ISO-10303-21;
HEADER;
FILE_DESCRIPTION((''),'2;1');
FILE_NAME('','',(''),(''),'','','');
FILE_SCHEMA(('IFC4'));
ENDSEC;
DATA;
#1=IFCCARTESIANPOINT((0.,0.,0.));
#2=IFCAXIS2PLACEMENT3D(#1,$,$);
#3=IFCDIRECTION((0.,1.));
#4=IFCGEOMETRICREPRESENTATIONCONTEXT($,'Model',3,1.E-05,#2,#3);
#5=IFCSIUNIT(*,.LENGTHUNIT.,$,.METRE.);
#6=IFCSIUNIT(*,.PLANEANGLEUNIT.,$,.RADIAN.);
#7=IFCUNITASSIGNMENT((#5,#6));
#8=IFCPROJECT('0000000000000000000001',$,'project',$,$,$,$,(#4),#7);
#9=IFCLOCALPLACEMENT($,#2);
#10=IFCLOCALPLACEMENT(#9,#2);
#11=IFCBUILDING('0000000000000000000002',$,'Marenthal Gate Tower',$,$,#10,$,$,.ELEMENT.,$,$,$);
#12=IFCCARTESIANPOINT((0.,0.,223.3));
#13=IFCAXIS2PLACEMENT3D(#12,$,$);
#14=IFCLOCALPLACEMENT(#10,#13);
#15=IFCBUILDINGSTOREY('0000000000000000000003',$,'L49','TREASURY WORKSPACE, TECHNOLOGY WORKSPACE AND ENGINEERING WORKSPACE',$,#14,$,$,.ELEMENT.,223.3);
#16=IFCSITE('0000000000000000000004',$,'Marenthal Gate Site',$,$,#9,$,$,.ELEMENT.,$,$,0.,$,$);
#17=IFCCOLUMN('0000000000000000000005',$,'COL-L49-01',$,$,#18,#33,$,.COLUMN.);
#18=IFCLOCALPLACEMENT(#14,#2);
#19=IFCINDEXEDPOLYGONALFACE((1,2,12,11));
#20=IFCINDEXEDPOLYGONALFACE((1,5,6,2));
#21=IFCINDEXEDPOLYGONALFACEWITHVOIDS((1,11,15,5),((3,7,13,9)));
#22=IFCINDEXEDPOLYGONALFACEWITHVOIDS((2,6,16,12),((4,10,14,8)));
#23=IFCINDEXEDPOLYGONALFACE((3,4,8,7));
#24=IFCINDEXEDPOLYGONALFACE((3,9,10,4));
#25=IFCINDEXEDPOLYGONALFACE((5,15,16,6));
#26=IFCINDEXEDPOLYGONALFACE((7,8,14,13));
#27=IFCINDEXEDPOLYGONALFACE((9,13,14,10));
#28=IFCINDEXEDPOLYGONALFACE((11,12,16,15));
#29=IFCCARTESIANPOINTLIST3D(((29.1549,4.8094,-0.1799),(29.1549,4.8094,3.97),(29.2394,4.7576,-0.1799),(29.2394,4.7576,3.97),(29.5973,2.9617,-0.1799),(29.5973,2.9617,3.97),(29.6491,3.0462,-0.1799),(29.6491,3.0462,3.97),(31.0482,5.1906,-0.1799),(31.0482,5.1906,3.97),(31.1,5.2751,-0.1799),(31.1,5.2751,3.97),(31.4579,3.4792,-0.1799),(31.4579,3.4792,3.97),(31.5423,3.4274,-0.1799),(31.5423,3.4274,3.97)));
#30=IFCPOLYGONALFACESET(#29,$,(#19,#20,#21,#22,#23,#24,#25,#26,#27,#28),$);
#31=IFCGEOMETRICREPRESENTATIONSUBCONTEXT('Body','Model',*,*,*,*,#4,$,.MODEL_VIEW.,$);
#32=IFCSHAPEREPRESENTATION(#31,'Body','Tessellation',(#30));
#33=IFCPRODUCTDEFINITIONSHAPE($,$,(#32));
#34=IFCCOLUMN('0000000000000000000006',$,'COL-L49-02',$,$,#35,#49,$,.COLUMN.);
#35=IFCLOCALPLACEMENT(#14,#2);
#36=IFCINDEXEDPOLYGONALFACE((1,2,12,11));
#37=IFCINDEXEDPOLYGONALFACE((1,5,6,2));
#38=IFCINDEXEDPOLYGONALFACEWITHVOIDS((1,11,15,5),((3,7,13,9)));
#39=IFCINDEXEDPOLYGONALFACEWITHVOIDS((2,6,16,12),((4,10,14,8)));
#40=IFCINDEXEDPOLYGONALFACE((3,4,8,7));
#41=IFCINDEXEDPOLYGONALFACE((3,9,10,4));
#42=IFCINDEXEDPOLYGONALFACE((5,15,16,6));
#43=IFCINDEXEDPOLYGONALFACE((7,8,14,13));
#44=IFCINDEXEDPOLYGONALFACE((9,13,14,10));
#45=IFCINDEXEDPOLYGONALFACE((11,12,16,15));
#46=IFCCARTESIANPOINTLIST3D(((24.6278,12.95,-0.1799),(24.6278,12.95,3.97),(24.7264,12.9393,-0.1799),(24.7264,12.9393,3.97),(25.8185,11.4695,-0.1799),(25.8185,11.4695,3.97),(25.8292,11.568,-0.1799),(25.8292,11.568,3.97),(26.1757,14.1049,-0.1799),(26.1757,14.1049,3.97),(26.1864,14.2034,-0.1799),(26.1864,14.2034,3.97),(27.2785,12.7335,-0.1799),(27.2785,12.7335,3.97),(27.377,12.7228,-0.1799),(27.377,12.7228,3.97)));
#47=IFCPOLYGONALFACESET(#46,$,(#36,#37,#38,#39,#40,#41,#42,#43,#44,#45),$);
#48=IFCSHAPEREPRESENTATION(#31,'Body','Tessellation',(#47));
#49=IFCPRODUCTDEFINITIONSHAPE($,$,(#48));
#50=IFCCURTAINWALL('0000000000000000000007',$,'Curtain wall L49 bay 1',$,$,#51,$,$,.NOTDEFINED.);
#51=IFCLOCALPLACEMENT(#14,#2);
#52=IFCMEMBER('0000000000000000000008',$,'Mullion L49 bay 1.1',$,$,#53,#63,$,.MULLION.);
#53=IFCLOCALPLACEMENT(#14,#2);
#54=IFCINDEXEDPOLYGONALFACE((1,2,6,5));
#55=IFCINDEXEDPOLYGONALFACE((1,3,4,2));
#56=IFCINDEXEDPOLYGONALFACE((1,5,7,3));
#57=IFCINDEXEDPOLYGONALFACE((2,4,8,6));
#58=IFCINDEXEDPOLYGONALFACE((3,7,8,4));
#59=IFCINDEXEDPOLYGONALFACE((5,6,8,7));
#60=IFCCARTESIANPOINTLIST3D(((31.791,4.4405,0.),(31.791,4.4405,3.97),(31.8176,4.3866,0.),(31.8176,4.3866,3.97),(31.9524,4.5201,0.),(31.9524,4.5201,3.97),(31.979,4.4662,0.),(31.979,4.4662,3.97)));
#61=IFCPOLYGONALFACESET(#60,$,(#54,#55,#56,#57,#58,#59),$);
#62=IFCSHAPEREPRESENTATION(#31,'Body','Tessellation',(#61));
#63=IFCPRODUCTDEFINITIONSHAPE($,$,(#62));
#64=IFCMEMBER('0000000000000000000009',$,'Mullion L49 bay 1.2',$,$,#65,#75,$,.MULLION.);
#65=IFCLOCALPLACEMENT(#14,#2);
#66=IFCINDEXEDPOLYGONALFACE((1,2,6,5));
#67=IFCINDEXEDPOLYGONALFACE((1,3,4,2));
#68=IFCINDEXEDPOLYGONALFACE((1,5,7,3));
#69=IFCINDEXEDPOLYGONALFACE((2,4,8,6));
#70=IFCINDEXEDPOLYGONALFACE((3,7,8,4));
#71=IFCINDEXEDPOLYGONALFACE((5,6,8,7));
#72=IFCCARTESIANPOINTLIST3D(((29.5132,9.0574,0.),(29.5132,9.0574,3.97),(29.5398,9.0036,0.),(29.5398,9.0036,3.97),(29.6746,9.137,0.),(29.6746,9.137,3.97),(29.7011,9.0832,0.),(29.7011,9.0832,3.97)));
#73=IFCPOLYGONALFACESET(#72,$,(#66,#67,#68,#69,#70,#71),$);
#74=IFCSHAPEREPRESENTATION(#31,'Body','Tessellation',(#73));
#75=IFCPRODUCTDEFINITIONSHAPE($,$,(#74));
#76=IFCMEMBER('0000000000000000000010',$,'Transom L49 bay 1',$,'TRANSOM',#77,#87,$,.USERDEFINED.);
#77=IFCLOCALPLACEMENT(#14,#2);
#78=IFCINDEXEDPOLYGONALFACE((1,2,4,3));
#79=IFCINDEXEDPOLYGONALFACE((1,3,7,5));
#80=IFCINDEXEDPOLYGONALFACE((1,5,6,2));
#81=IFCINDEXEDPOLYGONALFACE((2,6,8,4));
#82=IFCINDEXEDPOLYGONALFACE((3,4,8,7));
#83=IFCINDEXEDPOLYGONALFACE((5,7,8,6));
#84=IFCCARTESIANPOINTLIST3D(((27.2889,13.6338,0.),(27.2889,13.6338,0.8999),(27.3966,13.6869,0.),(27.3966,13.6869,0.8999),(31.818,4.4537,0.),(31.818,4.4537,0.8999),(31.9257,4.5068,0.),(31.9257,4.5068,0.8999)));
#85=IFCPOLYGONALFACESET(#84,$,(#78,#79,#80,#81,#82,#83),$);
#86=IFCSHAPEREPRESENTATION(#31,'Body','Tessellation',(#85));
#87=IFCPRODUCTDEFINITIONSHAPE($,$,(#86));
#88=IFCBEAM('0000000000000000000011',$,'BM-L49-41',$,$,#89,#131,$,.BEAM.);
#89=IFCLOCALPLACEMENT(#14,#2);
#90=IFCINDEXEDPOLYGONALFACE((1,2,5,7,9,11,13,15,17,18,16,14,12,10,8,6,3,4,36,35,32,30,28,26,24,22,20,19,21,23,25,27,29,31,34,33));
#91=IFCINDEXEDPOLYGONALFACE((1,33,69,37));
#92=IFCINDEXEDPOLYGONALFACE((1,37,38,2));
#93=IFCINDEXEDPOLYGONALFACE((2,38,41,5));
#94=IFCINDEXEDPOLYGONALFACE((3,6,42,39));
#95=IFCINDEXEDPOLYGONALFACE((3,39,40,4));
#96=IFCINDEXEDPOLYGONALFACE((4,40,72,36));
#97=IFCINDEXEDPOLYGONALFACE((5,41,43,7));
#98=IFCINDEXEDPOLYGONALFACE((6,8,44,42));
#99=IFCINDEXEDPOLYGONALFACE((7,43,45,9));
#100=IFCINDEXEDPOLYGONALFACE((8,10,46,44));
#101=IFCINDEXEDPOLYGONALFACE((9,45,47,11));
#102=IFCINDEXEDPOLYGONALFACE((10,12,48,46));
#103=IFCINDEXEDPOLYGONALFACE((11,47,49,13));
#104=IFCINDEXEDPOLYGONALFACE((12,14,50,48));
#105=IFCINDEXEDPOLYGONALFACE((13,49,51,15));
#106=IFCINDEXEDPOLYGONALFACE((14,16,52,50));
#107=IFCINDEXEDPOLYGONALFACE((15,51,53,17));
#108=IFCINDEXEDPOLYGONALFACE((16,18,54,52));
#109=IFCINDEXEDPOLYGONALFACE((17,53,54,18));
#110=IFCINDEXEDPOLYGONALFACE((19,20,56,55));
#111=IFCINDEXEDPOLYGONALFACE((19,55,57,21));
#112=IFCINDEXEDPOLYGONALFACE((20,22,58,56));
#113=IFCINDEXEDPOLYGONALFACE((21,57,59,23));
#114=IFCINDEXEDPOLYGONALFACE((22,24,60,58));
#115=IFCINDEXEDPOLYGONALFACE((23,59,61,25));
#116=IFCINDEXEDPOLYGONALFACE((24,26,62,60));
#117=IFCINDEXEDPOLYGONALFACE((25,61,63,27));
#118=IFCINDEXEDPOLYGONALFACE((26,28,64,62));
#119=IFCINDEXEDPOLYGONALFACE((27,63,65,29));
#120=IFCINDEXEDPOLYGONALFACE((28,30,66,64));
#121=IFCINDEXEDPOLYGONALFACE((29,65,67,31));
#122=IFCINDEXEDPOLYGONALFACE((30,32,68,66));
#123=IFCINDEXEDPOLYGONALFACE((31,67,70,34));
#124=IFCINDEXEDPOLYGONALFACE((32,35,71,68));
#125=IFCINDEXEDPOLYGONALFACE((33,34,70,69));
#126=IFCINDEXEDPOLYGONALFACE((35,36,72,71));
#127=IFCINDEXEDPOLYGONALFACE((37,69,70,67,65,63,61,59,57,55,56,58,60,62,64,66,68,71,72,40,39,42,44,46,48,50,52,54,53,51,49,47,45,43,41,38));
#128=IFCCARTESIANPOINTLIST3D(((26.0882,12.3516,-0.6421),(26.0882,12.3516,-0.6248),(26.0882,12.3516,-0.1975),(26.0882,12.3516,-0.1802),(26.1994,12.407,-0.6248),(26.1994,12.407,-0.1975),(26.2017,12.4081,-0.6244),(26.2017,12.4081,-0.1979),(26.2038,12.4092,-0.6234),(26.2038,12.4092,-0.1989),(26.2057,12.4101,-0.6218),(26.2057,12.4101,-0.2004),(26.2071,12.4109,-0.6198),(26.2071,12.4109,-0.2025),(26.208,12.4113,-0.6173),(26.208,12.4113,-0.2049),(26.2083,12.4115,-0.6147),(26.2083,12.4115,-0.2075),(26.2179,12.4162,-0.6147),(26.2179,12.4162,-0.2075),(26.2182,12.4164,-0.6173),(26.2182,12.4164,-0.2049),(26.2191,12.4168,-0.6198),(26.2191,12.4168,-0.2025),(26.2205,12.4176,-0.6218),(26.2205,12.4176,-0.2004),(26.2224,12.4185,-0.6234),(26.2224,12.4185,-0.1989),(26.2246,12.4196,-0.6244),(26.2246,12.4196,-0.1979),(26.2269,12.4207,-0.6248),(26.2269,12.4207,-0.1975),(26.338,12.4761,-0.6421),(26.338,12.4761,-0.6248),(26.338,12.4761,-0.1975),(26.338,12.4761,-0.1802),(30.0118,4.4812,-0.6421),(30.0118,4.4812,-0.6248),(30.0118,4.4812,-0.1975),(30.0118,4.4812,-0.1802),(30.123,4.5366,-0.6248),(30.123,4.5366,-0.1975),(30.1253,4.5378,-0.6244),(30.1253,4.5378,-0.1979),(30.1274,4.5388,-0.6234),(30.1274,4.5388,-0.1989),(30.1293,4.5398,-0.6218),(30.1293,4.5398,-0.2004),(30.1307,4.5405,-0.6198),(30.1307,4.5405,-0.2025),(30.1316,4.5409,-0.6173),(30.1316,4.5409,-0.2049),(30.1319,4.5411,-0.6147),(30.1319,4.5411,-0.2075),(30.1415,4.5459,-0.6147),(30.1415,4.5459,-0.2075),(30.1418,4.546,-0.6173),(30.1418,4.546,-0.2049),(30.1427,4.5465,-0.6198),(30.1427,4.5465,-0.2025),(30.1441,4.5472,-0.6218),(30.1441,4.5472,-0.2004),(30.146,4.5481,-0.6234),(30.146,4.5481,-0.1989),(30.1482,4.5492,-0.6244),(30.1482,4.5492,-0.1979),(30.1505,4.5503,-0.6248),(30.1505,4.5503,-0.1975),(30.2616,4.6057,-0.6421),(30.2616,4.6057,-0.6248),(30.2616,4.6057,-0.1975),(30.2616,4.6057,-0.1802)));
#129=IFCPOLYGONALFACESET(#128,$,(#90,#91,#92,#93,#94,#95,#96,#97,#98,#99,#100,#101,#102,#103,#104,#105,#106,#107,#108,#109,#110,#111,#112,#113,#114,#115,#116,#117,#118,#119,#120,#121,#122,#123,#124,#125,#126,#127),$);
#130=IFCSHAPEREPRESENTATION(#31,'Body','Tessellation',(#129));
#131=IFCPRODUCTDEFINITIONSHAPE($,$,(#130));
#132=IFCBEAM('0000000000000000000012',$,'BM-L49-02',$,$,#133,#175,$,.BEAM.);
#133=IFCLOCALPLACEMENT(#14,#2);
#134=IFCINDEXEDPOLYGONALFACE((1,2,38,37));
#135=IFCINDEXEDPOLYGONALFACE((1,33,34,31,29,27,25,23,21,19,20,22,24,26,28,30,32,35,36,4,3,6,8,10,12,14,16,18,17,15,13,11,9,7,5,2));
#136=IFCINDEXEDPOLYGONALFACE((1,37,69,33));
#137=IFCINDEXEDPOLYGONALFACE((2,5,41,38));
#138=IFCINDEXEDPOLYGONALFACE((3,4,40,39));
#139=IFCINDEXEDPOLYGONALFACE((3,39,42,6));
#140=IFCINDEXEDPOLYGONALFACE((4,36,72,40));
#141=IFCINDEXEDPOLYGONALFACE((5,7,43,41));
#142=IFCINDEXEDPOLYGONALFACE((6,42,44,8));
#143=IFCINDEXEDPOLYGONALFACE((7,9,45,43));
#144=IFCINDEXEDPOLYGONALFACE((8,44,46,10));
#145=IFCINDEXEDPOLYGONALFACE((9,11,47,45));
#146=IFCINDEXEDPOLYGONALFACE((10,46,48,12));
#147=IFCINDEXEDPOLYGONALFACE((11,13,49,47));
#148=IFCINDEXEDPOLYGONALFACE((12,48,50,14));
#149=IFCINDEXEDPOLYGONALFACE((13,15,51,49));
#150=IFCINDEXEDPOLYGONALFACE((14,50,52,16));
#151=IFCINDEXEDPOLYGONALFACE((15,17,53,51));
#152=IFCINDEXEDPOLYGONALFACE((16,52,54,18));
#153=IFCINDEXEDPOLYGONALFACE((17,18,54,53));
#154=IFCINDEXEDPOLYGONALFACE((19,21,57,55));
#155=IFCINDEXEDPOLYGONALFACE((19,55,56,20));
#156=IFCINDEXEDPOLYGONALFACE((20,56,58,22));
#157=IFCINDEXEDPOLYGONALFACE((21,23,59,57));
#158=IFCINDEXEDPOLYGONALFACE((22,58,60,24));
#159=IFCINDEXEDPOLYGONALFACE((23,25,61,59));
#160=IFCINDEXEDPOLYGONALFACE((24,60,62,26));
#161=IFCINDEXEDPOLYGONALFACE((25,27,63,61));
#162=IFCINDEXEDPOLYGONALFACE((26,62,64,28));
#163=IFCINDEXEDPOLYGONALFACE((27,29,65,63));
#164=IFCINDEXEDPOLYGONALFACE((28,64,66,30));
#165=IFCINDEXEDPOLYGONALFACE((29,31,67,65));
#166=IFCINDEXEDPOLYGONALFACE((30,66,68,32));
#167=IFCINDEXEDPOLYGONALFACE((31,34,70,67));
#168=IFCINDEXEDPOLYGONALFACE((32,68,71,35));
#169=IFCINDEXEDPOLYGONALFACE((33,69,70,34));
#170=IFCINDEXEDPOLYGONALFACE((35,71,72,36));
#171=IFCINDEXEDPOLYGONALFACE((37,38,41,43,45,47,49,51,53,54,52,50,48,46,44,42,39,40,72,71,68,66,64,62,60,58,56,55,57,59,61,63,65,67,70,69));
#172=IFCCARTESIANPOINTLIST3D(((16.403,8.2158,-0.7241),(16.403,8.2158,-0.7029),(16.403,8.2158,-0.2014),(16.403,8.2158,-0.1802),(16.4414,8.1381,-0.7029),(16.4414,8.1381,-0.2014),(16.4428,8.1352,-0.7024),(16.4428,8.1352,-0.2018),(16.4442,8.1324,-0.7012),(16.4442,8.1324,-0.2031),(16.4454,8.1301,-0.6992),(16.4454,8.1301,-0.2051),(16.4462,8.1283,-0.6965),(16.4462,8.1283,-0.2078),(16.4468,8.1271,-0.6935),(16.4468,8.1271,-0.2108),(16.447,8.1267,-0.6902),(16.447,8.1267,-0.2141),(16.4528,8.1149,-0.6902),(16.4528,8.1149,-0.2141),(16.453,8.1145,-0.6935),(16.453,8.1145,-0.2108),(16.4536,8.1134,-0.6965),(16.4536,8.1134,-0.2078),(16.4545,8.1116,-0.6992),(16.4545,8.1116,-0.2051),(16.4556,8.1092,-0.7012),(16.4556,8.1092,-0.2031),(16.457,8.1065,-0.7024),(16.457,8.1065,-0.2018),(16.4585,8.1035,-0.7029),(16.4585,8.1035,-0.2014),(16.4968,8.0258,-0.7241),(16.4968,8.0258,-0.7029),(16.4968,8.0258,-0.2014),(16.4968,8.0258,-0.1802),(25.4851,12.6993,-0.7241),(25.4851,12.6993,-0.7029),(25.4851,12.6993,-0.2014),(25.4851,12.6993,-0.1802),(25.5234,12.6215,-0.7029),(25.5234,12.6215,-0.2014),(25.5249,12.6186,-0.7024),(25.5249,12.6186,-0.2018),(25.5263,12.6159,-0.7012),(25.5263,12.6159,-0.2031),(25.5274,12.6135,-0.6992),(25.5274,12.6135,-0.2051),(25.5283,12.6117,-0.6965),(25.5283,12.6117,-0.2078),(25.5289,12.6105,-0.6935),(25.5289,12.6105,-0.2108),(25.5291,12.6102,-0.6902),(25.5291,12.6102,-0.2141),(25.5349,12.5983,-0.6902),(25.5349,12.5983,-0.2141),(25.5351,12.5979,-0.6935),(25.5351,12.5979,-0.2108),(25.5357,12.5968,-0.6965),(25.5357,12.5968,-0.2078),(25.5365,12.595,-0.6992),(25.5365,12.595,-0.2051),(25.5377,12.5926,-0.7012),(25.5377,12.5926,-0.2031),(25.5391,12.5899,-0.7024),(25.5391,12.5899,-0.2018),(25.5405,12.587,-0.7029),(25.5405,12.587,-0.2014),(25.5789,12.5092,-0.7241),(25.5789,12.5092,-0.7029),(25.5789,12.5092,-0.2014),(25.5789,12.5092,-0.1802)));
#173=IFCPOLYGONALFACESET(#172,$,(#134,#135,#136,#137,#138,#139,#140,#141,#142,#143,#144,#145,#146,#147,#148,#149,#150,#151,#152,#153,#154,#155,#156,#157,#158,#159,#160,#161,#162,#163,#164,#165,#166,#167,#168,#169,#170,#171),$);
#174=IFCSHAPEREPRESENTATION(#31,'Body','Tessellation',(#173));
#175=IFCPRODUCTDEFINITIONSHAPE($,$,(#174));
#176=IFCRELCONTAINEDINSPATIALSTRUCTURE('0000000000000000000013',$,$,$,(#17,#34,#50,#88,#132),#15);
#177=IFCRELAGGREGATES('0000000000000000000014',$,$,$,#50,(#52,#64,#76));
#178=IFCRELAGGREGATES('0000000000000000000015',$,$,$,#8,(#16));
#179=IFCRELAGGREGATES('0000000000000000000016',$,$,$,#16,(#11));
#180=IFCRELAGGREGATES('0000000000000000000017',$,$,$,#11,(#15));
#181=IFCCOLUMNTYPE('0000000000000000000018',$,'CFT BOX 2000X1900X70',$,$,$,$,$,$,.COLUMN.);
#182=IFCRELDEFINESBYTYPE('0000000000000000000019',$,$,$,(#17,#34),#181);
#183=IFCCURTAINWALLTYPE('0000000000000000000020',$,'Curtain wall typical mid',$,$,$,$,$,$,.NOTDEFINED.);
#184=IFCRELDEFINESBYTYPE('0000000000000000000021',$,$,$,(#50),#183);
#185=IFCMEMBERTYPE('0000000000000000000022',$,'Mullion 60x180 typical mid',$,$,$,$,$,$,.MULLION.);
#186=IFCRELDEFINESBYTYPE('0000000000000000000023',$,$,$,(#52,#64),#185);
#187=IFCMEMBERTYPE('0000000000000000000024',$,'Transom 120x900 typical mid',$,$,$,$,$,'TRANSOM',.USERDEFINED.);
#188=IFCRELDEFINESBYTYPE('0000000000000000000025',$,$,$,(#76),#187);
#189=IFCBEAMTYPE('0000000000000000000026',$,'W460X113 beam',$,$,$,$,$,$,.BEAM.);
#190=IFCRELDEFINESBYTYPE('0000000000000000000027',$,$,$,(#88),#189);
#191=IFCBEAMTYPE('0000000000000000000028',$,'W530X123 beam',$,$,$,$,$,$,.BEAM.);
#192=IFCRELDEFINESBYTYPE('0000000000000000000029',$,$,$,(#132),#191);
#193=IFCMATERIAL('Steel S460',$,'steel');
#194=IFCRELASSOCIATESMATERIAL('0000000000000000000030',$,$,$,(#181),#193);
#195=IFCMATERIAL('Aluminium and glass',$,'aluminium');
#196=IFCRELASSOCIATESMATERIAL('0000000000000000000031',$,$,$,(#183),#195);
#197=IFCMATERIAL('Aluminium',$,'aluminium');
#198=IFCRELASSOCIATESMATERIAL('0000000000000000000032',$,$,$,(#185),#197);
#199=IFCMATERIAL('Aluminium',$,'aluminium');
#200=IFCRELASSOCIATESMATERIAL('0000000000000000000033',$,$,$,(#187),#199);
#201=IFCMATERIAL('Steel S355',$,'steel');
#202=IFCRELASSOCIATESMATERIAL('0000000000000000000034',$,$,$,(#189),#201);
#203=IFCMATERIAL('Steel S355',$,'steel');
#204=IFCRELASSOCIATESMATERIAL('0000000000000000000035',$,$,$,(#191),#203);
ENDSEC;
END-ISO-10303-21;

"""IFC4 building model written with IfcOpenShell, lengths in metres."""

from ifc_helpers import new_model, si_unit, direction, frame, origin, origin_2d, place, context, subcontext, project, spatial, rectangle, hollow_rectangle, i_section, extrude, material, material_profile, profile_set, type_object, element, aggregate, save


model = new_model("IFC4")

# Units and contexts
model_context = context("Model", 3, precision=1e-05, world=origin(), true_north=direction((0.0, 1.0)))
body_context = subcontext(model_context, "Body", "Model", "MODEL_VIEW")
ifc_project = project(units=[si_unit("LENGTHUNIT", "METRE"), si_unit("PLANEANGLEUNIT", "RADIAN")], contexts=[model_context])

# Site, building, storey
site_placement = place(None, origin())
site = spatial("IfcSite", under=ifc_project, at=site_placement, Name="Marenthal Gate Site", CompositionType="ELEMENT", RefElevation=0.0)
building_placement = place(site_placement, origin())
building = spatial("IfcBuilding", under=site, at=building_placement, Name="Marenthal Gate Tower", CompositionType="ELEMENT")
storey_placement = place(building_placement, frame((0.0, 0.0, 223.3)))
storey = spatial("IfcBuildingStorey", under=building, at=storey_placement, Name="L49", Description="TREASURY WORKSPACE, TECHNOLOGY WORKSPACE AND ENGINEERING WORKSPACE", CompositionType="ELEMENT", Elevation=223.3)

# Columns
ifc_material_1 = material(Name="Steel S460", Category="steel")
ifc_material_profile_1 = material_profile(ifc_material_1, hollow_rectangle(XDim=1.8999, YDim=2.0, WallThickness=0.0701, at=origin_2d()), Name="CFT BOX 2000X1900X70")
ifc_material_2 = material(Name="Concrete 70 MPa", Category="concrete")
ifc_material_profile_2 = material_profile(ifc_material_2, rectangle(XDim=1.76, YDim=1.8601, at=origin_2d()), Name="CFT BOX 2000X1900X70 INFILL")
ifc_profile_set_1 = profile_set([ifc_material_profile_1, ifc_material_profile_2], Name="Steel S460 shell, Concrete 70 MPa infill")
column_type = type_object("IfcColumnType", Name="CFT BOX 2000X1900X70", PredefinedType="COLUMN", material=ifc_profile_set_1)
for number, where, z_axis, x_axis, name in (
    (1, (30.3486, 4.1184, -0.1799), (0.0, 0.0, 1.0), (0.232822, -0.972519, 0.0), "COL-L49-01"),
    (2, (26.0024, 12.8364, -0.1799), (0.0, 0.0, 1.0), (0.626684, -0.779273, 0.0), "COL-L49-02"),
):
    element("IfcColumn", number, at=place(storey_placement, frame(where, z_axis=z_axis, x_axis=x_axis)), inside=storey, type_object=column_type, Name=name, PredefinedType="COLUMN", context=body_context, shape_type="SweptSolid", body=[
        extrude(hollow_rectangle(XDim=1.8999, YDim=2.0, WallThickness=0.0701, at=origin_2d()), origin(), (0.0, 0.0, 1.0), 4.1499),
    ])

# Curtain wall, members
ifc_material_3 = material(Name="Aluminium and glass", Category="aluminium")
curtain_wall_type = type_object("IfcCurtainWallType", Name="Curtain wall typical mid", PredefinedType="NOTDEFINED", material=ifc_material_3)
curtain_wall_placement = place(storey_placement, origin())
curtain_wall = element("IfcCurtainWall", 3, at=curtain_wall_placement, inside=storey, type_object=curtain_wall_type, Name="Curtain wall L49 bay 1", PredefinedType="NOTDEFINED")
ifc_material_4 = material(Name="Aluminium", Category="aluminium")
ifc_material_profile_3 = material_profile(ifc_material_4, rectangle(XDim=0.1799, YDim=0.0601, at=origin_2d()), Name="60x180 aluminium mullion")
ifc_profile_set_2 = profile_set([ifc_material_profile_3], Name="Aluminium")
member_type_1 = type_object("IfcMemberType", Name="Mullion 60x180 typical mid", PredefinedType="MULLION", material=ifc_profile_set_2)
member_1_placement = place(storey_placement, frame((31.885, 4.4534, 0.0), z_axis=(0.0, 0.0, 1.0), x_axis=(-0.896798, -0.442441, 0.0)))
member_1 = element("IfcMember", 4, at=member_1_placement, type_object=member_type_1, Name="Mullion L49 bay 1.1", PredefinedType="MULLION", context=body_context, shape_type="SweptSolid", body=[
    extrude(rectangle(XDim=0.1799, YDim=0.0601, at=origin_2d()), origin(), (0.0, 0.0, 1.0), 3.97),
])
member_2_placement = place(storey_placement, frame((29.6072, 9.0703, 0.0), z_axis=(0.0, 0.0, 1.0), x_axis=(-0.896798, -0.442441, 0.0)))
member_2 = element("IfcMember", 5, at=member_2_placement, type_object=member_type_1, Name="Mullion L49 bay 1.2", PredefinedType="MULLION", context=body_context, shape_type="SweptSolid", body=[
    extrude(rectangle(XDim=0.1799, YDim=0.0601, at=origin_2d()), origin(), (0.0, 0.0, 1.0), 3.97),
])
ifc_material_5 = material(Name="Aluminium", Category="aluminium")
ifc_material_profile_4 = material_profile(ifc_material_5, rectangle(XDim=0.1201, YDim=0.8999, at=origin_2d()), Name="120x900 aluminium transom")
ifc_profile_set_3 = profile_set([ifc_material_profile_4], Name="Aluminium")
member_type_2 = type_object("IfcMemberType", Name="Transom 120x900 typical mid", ElementType="TRANSOM", PredefinedType="USERDEFINED", material=ifc_profile_set_3)
member_3_placement = place(storey_placement, frame((31.8718, 4.4802, 0.45), z_axis=(-0.442437, 0.896799, 0.0), x_axis=(-0.896799, -0.442437, 0.0)))
member_3 = element("IfcMember", 6, at=member_3_placement, type_object=member_type_2, Name="Transom L49 bay 1", ObjectType="TRANSOM", PredefinedType="USERDEFINED", context=body_context, shape_type="SweptSolid", body=[
    extrude(rectangle(XDim=0.1201, YDim=0.8999, at=origin_2d()), origin(), (0.0, 0.0, 1.0), 10.2366),
])

# Beams
ifc_material_6 = material(Name="Steel S355", Category="steel")
ifc_material_profile_5 = material_profile(ifc_material_6, i_section(OverallWidth=0.2791, OverallDepth=0.4619, WebThickness=0.0107, FlangeThickness=0.0173, FilletRadius=0.01, at=origin_2d()), Name="W460X113")
ifc_profile_set_4 = profile_set([ifc_material_profile_5], Name="Steel S355")
beam_type_1 = type_object("IfcBeamType", Name="W460X113 beam", PredefinedType="BEAM", material=ifc_profile_set_4)
beam_1_placement = place(storey_placement, frame((30.1367, 4.5435, -0.4111), z_axis=(-0.446158, 0.894954, 0.0), x_axis=(-0.894954, -0.446158, 0.0)))
element("IfcBeam", 7, at=beam_1_placement, inside=storey, type_object=beam_type_1, Name="BM-L49-41", PredefinedType="BEAM", context=body_context, shape_type="SweptSolid", body=[
    extrude(i_section(OverallWidth=0.2791, OverallDepth=0.4619, WebThickness=0.0107, FlangeThickness=0.0173, FilletRadius=0.01, at=origin_2d()), origin(), (0.0, 0.0, 1.0), 8.7942),
])
ifc_material_7 = material(Name="Steel S355", Category="steel")
ifc_material_profile_6 = material_profile(ifc_material_7, i_section(OverallWidth=0.2119, OverallDepth=0.5439, WebThickness=0.0132, FlangeThickness=0.0212, FilletRadius=0.0127, at=origin_2d()), Name="W530X123")
ifc_profile_set_5 = profile_set([ifc_material_profile_6], Name="Steel S355")
beam_type_2 = type_object("IfcBeamType", Name="W530X123 beam", PredefinedType="BEAM", material=ifc_profile_set_5)
beam_2_placement = place(storey_placement, frame((25.532, 12.6042, -0.4521), z_axis=(-0.896691, -0.442657, 0.0), x_axis=(0.442657, -0.896691, 0.0)))
element("IfcBeam", 8, at=beam_2_placement, inside=storey, type_object=beam_type_2, Name="BM-L49-02", PredefinedType="BEAM", context=body_context, shape_type="SweptSolid", body=[
    extrude(i_section(OverallWidth=0.2119, OverallDepth=0.5439, WebThickness=0.0132, FlangeThickness=0.0212, FilletRadius=0.0127, at=origin_2d()), origin(), (0.0, 0.0, 1.0), 10.1284),
])

aggregate(curtain_wall, [member_1, member_2, member_3])

save(model, "model.ifc")
